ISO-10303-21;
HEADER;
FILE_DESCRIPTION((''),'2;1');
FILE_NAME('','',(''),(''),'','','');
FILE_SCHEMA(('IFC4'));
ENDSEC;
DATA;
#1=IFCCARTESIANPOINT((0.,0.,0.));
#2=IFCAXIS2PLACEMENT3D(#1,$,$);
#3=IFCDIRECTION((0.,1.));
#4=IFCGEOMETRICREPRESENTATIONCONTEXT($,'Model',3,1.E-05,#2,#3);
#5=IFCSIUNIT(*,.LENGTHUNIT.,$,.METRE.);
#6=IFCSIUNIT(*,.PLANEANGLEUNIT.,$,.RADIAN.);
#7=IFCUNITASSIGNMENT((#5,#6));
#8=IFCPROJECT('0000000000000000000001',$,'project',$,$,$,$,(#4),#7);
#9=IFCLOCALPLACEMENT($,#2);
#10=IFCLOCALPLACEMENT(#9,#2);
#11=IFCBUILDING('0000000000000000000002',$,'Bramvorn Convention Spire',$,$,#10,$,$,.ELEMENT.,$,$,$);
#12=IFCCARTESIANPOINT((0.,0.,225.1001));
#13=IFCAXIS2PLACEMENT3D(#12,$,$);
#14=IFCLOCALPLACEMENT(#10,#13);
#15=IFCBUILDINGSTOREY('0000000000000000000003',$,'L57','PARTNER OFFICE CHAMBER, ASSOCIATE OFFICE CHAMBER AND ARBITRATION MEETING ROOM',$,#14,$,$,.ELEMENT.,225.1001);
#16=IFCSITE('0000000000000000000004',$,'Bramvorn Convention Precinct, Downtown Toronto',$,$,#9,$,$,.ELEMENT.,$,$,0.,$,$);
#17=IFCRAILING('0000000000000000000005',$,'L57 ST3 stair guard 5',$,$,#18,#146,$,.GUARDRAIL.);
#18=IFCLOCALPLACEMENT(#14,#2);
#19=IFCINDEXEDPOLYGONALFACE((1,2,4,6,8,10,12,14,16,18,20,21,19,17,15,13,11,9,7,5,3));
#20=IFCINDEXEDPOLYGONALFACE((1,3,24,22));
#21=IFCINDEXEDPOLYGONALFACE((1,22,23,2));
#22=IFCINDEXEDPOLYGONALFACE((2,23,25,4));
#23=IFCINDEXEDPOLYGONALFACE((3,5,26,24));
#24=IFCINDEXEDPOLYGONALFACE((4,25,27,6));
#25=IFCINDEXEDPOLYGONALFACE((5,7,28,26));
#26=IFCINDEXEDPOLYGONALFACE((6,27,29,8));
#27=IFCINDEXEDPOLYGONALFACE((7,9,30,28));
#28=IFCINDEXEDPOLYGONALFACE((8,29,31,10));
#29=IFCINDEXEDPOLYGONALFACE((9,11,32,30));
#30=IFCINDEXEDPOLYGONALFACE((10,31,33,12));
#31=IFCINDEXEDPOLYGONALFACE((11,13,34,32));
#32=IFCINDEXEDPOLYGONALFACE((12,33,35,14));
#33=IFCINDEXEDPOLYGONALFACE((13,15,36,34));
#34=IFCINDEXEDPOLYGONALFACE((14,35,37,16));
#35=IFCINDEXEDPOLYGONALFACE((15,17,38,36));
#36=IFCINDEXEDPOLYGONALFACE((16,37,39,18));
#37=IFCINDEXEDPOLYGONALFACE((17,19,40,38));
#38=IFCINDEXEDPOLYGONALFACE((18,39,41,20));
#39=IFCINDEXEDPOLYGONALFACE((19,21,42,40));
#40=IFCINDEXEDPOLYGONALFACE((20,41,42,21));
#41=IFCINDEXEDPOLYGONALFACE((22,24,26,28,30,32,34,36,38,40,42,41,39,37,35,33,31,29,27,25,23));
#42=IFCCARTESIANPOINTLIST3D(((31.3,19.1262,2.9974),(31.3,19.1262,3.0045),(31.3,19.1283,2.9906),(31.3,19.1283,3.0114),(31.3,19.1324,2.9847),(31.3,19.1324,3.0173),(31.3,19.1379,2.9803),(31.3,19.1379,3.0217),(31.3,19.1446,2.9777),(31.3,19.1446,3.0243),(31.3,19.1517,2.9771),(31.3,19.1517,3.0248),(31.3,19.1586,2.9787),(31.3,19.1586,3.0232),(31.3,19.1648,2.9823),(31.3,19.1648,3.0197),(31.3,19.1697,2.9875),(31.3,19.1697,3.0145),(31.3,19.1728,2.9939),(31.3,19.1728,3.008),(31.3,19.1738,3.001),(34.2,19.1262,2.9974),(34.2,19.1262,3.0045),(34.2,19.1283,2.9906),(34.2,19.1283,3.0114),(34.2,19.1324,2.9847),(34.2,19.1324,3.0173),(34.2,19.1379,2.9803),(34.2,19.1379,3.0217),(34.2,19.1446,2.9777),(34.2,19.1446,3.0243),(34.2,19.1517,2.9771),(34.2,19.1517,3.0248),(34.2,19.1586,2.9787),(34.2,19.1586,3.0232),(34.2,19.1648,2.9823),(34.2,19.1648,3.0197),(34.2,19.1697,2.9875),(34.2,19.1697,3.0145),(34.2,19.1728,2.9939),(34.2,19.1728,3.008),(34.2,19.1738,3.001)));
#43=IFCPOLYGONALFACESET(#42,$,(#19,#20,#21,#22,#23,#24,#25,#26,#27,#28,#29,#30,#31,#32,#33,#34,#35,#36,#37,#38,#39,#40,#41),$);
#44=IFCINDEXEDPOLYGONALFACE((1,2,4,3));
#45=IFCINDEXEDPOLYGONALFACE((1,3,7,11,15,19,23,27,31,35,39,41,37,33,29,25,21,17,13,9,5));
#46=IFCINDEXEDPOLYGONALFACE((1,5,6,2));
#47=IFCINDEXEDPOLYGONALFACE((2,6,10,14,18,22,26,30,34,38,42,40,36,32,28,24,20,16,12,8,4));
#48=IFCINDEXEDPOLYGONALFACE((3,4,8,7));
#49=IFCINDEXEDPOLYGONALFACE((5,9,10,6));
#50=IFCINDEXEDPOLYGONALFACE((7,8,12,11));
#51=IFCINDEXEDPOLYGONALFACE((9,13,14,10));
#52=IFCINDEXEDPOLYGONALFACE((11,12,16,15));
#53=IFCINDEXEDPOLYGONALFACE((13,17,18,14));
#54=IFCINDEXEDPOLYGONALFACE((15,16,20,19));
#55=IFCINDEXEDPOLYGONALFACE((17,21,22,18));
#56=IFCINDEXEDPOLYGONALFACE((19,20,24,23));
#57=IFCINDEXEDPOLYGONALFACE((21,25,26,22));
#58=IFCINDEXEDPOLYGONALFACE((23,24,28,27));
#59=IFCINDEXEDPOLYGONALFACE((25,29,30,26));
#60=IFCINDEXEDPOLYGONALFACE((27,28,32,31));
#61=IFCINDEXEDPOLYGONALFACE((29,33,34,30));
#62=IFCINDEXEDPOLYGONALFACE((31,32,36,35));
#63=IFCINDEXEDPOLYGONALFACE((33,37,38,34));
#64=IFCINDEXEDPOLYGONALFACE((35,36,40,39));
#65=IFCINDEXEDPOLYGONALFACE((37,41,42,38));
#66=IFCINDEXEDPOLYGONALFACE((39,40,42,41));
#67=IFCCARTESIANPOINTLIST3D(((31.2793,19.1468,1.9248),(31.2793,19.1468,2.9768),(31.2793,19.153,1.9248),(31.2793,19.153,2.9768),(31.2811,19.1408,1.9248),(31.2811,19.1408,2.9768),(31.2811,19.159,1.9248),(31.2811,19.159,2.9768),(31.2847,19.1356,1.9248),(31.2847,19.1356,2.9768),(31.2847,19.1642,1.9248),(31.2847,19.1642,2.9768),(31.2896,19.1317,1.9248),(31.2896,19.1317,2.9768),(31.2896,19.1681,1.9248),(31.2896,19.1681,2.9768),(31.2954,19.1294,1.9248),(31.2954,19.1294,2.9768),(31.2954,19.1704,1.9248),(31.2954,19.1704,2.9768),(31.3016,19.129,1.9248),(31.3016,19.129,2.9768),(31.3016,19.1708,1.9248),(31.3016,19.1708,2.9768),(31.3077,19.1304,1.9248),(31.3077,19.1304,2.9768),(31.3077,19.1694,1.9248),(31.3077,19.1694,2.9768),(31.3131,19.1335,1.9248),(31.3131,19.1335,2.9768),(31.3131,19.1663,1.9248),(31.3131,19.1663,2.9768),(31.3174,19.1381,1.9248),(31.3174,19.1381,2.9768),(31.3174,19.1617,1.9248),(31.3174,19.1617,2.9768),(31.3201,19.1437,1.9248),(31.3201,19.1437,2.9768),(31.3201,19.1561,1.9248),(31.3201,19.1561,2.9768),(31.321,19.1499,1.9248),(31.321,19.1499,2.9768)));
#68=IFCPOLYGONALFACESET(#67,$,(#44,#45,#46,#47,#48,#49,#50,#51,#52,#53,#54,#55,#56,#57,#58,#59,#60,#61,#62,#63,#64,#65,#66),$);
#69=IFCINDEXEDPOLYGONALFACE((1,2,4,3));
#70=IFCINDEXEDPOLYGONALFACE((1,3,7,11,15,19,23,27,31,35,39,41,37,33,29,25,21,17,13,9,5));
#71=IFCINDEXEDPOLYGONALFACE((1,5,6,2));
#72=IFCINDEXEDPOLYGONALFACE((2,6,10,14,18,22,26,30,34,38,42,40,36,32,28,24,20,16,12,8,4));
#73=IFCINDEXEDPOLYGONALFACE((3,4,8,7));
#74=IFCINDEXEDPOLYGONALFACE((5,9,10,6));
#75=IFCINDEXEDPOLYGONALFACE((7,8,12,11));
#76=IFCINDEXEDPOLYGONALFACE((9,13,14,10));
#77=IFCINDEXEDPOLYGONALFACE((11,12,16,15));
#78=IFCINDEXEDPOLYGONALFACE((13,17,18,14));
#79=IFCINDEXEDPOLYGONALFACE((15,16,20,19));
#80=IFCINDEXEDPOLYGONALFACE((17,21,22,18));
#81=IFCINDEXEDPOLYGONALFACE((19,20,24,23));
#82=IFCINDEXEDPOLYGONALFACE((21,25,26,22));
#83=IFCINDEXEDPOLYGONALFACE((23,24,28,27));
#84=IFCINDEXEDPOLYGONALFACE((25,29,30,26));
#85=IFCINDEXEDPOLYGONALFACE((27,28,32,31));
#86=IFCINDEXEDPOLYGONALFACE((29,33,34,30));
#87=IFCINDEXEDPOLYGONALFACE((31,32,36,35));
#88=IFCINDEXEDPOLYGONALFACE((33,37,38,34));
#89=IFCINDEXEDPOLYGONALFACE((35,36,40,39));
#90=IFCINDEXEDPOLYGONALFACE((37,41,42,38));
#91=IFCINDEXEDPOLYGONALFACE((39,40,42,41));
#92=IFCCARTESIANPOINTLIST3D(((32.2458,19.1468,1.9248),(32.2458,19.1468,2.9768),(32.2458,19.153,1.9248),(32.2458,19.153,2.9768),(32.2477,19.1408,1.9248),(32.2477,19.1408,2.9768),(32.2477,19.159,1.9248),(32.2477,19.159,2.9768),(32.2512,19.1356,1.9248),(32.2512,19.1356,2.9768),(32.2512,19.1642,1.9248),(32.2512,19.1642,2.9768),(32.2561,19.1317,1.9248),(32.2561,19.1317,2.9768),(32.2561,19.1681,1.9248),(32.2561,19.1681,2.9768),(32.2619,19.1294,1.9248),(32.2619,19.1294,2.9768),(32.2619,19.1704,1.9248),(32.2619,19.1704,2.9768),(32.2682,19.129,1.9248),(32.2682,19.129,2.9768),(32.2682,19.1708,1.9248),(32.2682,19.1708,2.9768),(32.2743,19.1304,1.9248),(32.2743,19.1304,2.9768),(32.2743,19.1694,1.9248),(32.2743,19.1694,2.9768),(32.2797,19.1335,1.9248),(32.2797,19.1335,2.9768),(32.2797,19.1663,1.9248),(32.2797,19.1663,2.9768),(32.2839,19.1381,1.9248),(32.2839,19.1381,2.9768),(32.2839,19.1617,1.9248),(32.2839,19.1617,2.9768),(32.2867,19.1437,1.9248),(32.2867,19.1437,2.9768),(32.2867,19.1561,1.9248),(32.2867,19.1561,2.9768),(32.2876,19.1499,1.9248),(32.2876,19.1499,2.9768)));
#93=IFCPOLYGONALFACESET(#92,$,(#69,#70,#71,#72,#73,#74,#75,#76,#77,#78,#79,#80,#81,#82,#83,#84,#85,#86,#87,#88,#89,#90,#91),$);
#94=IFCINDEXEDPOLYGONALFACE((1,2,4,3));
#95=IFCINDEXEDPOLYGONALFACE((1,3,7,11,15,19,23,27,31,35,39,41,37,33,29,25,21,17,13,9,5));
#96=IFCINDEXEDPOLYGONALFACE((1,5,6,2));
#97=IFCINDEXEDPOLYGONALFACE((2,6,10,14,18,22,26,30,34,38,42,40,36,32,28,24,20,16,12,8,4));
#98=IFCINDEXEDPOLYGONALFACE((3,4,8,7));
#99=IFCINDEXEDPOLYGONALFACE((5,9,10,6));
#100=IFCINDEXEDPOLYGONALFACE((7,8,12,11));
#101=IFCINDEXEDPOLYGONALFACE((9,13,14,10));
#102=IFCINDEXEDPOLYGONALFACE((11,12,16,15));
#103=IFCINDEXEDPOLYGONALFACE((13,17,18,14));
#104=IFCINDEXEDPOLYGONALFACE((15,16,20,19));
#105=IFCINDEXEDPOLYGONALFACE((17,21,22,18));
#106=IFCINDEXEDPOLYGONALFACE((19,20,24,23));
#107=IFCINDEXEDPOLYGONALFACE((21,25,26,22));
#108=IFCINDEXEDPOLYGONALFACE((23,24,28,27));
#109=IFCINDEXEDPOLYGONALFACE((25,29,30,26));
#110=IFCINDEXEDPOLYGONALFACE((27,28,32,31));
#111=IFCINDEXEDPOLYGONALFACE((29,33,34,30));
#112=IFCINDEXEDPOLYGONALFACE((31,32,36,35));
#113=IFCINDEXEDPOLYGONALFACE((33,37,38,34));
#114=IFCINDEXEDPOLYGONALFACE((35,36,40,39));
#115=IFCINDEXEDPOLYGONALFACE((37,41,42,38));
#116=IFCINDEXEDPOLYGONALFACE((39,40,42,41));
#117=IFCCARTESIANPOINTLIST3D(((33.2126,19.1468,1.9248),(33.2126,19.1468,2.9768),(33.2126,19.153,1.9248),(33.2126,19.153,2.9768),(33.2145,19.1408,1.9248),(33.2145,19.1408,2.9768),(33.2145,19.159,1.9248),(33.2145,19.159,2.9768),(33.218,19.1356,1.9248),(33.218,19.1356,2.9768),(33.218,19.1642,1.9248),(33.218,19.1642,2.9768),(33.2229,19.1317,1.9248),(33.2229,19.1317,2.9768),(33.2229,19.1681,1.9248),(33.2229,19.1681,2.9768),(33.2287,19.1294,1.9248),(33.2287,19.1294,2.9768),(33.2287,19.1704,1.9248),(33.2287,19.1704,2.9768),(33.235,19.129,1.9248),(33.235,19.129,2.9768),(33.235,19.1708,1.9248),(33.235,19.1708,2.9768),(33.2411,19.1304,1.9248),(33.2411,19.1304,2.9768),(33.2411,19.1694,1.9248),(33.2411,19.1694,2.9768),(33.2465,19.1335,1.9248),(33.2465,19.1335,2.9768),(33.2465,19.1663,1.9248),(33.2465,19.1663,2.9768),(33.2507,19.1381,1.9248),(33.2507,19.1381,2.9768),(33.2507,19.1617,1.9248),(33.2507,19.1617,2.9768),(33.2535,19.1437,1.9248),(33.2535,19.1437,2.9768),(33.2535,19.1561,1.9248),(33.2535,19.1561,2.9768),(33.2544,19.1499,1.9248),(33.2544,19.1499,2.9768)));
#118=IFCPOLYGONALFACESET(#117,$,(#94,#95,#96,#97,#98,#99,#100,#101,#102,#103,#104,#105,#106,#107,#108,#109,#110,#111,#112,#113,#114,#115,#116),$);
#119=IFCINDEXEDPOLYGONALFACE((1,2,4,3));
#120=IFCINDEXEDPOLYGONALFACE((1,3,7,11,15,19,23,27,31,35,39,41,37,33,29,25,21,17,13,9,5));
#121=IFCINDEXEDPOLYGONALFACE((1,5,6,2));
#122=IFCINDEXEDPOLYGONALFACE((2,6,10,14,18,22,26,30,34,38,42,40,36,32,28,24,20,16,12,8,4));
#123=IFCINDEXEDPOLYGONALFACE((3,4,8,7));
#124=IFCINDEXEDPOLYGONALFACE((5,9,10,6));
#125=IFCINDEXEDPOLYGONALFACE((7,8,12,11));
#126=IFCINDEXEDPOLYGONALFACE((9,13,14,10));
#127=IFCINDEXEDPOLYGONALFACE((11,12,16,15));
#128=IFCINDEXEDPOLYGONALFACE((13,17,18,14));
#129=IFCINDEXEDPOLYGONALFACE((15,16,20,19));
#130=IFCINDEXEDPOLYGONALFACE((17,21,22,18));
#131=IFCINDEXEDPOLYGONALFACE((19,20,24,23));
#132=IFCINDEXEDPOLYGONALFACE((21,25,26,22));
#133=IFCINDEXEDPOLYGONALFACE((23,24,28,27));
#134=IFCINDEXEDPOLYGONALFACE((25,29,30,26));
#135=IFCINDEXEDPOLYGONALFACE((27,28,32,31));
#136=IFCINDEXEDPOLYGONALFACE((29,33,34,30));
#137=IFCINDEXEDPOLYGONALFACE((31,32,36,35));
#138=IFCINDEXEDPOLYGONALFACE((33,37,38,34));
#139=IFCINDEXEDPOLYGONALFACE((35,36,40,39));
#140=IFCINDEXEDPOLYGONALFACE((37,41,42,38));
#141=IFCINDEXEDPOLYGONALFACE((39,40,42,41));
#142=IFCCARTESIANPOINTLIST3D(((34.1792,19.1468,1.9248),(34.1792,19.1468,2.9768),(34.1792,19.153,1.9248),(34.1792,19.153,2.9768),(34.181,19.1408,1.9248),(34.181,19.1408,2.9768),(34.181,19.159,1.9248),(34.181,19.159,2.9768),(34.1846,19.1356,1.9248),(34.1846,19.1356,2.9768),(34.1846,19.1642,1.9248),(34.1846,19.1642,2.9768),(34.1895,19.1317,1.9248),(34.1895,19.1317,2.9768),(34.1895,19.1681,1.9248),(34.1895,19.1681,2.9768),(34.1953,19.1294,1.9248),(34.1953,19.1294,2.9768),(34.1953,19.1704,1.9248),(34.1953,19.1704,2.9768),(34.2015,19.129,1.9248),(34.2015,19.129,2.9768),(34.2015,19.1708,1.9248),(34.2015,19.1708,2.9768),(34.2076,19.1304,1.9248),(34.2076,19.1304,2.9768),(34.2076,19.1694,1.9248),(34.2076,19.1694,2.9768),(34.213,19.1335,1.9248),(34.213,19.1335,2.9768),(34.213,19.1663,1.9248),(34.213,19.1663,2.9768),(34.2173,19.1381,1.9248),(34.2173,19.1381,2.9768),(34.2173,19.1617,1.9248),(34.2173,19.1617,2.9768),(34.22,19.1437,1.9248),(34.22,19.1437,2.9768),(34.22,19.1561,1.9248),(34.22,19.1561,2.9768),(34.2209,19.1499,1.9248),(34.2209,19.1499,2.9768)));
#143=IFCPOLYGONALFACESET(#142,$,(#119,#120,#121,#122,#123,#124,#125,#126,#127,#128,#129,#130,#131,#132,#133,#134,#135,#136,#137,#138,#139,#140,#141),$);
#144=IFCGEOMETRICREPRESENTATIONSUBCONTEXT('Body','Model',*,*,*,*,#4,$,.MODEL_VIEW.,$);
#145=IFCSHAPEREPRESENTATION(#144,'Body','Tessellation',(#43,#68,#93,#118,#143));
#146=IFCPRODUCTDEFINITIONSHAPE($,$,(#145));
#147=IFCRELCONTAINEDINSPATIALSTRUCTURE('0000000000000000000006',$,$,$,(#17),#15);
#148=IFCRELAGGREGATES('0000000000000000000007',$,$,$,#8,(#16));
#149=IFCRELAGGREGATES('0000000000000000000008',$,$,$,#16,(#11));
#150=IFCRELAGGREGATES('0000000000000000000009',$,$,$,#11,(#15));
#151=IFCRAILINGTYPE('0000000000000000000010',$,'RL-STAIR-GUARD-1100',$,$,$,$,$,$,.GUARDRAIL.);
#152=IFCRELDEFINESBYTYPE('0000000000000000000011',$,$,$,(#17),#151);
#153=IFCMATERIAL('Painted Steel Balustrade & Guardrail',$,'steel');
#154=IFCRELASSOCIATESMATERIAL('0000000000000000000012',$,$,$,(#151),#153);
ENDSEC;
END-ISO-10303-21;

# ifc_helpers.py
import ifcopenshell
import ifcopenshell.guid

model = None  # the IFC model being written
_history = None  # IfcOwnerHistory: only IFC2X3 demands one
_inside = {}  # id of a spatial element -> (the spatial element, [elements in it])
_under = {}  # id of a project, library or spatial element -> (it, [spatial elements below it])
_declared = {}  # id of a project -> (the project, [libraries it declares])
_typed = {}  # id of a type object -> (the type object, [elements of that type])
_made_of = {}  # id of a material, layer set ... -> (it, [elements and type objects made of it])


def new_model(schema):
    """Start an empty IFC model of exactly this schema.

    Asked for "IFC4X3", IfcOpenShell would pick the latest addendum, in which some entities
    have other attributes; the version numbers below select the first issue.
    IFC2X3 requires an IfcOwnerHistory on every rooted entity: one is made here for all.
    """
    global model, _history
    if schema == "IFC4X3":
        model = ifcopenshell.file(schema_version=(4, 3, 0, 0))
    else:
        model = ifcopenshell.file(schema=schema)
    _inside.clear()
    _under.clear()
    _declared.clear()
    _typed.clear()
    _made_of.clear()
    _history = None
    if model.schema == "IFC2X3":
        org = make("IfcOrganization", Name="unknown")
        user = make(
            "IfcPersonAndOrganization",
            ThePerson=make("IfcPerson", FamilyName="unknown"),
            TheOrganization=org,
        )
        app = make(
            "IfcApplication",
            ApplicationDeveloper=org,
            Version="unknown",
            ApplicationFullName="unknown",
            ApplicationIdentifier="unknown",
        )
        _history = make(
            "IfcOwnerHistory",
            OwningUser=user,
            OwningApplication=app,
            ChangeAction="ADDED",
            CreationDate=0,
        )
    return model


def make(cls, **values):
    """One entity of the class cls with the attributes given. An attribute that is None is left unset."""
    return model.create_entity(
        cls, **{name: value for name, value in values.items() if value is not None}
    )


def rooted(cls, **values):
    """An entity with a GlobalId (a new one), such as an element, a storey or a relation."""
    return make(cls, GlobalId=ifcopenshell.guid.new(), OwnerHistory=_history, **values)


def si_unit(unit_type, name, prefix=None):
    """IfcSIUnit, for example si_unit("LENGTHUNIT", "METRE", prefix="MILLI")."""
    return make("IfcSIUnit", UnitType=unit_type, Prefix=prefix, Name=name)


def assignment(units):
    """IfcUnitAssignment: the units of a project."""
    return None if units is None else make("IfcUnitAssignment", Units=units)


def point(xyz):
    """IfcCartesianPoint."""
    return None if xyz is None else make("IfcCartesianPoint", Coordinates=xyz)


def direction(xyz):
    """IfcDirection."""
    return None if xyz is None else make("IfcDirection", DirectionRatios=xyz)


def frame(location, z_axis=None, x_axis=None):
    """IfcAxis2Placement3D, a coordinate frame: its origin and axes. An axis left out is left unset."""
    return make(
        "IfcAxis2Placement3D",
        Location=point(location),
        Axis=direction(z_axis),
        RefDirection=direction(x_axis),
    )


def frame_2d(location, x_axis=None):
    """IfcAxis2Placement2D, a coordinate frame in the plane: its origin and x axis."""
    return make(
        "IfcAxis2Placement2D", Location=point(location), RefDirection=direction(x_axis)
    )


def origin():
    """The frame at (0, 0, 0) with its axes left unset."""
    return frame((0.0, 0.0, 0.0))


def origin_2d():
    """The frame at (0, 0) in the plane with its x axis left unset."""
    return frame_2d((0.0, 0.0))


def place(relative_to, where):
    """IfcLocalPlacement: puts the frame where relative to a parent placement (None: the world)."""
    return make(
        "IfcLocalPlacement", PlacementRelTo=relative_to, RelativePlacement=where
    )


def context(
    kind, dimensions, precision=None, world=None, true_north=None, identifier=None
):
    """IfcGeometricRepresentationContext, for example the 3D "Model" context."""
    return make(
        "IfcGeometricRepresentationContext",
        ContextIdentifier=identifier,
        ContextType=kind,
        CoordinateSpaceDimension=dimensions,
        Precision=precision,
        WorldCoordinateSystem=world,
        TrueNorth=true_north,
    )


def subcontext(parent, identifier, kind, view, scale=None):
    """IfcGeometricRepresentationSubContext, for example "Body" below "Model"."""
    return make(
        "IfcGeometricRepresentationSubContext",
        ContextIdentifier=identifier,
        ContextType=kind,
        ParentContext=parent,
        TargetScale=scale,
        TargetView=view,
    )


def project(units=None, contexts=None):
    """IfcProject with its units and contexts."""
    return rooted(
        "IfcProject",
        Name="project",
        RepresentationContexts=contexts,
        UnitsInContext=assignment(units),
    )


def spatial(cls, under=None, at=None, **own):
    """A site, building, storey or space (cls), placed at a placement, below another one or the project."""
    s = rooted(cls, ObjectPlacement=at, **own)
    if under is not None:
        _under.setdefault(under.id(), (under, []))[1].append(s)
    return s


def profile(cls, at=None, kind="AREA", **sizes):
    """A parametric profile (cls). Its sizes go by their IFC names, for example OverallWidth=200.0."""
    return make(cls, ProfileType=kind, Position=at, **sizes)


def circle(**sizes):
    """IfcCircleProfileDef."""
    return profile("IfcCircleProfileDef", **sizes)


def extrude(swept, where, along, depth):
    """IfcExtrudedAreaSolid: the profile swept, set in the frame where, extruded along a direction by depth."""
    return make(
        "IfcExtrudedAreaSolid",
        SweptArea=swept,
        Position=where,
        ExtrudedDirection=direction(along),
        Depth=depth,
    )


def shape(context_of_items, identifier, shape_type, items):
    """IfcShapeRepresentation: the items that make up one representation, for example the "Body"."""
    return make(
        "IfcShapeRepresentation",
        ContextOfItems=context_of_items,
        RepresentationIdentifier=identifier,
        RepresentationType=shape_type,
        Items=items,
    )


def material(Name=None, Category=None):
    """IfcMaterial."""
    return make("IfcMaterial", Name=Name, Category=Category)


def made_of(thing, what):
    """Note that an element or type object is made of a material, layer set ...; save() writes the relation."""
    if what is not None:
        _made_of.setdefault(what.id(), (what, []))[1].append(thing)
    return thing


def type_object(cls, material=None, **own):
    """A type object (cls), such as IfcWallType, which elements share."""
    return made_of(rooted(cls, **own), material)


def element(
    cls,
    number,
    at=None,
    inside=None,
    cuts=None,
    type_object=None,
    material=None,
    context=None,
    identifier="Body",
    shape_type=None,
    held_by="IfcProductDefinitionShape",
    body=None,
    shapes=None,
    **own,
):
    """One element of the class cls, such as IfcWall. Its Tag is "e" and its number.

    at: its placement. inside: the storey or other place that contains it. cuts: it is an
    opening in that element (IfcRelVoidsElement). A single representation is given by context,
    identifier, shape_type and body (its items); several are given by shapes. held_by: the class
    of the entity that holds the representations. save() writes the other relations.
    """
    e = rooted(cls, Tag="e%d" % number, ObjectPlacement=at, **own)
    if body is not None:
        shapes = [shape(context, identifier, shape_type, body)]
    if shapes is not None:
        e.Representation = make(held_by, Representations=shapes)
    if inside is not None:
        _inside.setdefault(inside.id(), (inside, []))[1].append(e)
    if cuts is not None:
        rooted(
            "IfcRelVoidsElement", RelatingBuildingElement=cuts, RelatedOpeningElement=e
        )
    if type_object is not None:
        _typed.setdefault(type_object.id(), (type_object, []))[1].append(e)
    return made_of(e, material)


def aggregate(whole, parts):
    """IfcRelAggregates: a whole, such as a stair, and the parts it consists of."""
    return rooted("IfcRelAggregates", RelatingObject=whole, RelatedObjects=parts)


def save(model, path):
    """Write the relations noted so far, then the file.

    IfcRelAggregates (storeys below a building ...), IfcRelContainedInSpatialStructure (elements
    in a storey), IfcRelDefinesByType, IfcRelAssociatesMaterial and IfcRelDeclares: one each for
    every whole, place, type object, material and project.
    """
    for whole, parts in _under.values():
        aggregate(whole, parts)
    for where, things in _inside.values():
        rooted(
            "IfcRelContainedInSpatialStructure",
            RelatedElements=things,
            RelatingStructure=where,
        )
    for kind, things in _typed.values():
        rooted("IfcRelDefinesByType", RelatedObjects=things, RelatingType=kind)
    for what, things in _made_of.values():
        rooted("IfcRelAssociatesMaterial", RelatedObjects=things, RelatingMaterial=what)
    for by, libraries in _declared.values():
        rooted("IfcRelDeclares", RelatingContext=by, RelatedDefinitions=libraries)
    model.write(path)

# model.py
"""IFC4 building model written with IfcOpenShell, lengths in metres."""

from ifc_helpers import new_model, si_unit, direction, frame, origin, origin_2d, place, context, subcontext, project, spatial, circle, extrude, material, type_object, element, save


model = new_model("IFC4")

# Units and contexts
model_context = context("Model", 3, precision=1e-05, world=origin(), true_north=direction((0.0, 1.0)))
body_context = subcontext(model_context, "Body", "Model", "MODEL_VIEW")
ifc_project = project(units=[si_unit("LENGTHUNIT", "METRE"), si_unit("PLANEANGLEUNIT", "RADIAN")], contexts=[model_context])

# Site, building, storey
site_placement = place(None, origin())
site = spatial("IfcSite", under=ifc_project, at=site_placement, Name="Bramvorn Convention Precinct, Downtown Toronto", CompositionType="ELEMENT", RefElevation=0.0)
building_placement = place(site_placement, origin())
building = spatial("IfcBuilding", under=site, at=building_placement, Name="Bramvorn Convention Spire", CompositionType="ELEMENT")
storey_placement = place(building_placement, frame((0.0, 0.0, 225.1001)))
storey = spatial("IfcBuildingStorey", under=building, at=storey_placement, Name="L57", Description="PARTNER OFFICE CHAMBER, ASSOCIATE OFFICE CHAMBER AND ARBITRATION MEETING ROOM", CompositionType="ELEMENT", Elevation=225.1001)

# Railing
ifc_material_1 = material(Name="Painted Steel Balustrade & Guardrail", Category="steel")
railing_type_1 = type_object("IfcRailingType", Name="RL-STAIR-GUARD-1100", PredefinedType="GUARDRAIL", material=ifc_material_1)
railing_1_placement = place(storey_placement, frame((31.3, 19.1499, 1.9248)))
element("IfcRailing", 1, at=railing_1_placement, inside=storey, type_object=railing_type_1, Name="L57 ST3 stair guard 5", PredefinedType="GUARDRAIL", context=body_context, shape_type="SweptSolid", body=[
    extrude(circle(Radius=0.0239, at=origin_2d()), frame((0.0, 0.0, 1.0762), z_axis=(1.0, 0.0, 0.0), x_axis=(0.0, 1.0, 0.0)), (0.0, 0.0, 1.0), 2.8999),
    extrude(circle(Radius=0.021, at=origin_2d()), origin(), (0.0, 0.0, 1.0), 1.052),
    extrude(circle(Radius=0.021, at=origin_2d()), frame((0.9666, 0.0, 0.0)), (0.0, 0.0, 1.0), 1.052),
    extrude(circle(Radius=0.021, at=origin_2d()), frame((1.9333, 0.0, 0.0)), (0.0, 0.0, 1.0), 1.052),
    extrude(circle(Radius=0.021, at=origin_2d()), frame((2.8999, 0.0, 0.0)), (0.0, 0.0, 1.0), 1.052),
])

save(model, "model.ifc")
